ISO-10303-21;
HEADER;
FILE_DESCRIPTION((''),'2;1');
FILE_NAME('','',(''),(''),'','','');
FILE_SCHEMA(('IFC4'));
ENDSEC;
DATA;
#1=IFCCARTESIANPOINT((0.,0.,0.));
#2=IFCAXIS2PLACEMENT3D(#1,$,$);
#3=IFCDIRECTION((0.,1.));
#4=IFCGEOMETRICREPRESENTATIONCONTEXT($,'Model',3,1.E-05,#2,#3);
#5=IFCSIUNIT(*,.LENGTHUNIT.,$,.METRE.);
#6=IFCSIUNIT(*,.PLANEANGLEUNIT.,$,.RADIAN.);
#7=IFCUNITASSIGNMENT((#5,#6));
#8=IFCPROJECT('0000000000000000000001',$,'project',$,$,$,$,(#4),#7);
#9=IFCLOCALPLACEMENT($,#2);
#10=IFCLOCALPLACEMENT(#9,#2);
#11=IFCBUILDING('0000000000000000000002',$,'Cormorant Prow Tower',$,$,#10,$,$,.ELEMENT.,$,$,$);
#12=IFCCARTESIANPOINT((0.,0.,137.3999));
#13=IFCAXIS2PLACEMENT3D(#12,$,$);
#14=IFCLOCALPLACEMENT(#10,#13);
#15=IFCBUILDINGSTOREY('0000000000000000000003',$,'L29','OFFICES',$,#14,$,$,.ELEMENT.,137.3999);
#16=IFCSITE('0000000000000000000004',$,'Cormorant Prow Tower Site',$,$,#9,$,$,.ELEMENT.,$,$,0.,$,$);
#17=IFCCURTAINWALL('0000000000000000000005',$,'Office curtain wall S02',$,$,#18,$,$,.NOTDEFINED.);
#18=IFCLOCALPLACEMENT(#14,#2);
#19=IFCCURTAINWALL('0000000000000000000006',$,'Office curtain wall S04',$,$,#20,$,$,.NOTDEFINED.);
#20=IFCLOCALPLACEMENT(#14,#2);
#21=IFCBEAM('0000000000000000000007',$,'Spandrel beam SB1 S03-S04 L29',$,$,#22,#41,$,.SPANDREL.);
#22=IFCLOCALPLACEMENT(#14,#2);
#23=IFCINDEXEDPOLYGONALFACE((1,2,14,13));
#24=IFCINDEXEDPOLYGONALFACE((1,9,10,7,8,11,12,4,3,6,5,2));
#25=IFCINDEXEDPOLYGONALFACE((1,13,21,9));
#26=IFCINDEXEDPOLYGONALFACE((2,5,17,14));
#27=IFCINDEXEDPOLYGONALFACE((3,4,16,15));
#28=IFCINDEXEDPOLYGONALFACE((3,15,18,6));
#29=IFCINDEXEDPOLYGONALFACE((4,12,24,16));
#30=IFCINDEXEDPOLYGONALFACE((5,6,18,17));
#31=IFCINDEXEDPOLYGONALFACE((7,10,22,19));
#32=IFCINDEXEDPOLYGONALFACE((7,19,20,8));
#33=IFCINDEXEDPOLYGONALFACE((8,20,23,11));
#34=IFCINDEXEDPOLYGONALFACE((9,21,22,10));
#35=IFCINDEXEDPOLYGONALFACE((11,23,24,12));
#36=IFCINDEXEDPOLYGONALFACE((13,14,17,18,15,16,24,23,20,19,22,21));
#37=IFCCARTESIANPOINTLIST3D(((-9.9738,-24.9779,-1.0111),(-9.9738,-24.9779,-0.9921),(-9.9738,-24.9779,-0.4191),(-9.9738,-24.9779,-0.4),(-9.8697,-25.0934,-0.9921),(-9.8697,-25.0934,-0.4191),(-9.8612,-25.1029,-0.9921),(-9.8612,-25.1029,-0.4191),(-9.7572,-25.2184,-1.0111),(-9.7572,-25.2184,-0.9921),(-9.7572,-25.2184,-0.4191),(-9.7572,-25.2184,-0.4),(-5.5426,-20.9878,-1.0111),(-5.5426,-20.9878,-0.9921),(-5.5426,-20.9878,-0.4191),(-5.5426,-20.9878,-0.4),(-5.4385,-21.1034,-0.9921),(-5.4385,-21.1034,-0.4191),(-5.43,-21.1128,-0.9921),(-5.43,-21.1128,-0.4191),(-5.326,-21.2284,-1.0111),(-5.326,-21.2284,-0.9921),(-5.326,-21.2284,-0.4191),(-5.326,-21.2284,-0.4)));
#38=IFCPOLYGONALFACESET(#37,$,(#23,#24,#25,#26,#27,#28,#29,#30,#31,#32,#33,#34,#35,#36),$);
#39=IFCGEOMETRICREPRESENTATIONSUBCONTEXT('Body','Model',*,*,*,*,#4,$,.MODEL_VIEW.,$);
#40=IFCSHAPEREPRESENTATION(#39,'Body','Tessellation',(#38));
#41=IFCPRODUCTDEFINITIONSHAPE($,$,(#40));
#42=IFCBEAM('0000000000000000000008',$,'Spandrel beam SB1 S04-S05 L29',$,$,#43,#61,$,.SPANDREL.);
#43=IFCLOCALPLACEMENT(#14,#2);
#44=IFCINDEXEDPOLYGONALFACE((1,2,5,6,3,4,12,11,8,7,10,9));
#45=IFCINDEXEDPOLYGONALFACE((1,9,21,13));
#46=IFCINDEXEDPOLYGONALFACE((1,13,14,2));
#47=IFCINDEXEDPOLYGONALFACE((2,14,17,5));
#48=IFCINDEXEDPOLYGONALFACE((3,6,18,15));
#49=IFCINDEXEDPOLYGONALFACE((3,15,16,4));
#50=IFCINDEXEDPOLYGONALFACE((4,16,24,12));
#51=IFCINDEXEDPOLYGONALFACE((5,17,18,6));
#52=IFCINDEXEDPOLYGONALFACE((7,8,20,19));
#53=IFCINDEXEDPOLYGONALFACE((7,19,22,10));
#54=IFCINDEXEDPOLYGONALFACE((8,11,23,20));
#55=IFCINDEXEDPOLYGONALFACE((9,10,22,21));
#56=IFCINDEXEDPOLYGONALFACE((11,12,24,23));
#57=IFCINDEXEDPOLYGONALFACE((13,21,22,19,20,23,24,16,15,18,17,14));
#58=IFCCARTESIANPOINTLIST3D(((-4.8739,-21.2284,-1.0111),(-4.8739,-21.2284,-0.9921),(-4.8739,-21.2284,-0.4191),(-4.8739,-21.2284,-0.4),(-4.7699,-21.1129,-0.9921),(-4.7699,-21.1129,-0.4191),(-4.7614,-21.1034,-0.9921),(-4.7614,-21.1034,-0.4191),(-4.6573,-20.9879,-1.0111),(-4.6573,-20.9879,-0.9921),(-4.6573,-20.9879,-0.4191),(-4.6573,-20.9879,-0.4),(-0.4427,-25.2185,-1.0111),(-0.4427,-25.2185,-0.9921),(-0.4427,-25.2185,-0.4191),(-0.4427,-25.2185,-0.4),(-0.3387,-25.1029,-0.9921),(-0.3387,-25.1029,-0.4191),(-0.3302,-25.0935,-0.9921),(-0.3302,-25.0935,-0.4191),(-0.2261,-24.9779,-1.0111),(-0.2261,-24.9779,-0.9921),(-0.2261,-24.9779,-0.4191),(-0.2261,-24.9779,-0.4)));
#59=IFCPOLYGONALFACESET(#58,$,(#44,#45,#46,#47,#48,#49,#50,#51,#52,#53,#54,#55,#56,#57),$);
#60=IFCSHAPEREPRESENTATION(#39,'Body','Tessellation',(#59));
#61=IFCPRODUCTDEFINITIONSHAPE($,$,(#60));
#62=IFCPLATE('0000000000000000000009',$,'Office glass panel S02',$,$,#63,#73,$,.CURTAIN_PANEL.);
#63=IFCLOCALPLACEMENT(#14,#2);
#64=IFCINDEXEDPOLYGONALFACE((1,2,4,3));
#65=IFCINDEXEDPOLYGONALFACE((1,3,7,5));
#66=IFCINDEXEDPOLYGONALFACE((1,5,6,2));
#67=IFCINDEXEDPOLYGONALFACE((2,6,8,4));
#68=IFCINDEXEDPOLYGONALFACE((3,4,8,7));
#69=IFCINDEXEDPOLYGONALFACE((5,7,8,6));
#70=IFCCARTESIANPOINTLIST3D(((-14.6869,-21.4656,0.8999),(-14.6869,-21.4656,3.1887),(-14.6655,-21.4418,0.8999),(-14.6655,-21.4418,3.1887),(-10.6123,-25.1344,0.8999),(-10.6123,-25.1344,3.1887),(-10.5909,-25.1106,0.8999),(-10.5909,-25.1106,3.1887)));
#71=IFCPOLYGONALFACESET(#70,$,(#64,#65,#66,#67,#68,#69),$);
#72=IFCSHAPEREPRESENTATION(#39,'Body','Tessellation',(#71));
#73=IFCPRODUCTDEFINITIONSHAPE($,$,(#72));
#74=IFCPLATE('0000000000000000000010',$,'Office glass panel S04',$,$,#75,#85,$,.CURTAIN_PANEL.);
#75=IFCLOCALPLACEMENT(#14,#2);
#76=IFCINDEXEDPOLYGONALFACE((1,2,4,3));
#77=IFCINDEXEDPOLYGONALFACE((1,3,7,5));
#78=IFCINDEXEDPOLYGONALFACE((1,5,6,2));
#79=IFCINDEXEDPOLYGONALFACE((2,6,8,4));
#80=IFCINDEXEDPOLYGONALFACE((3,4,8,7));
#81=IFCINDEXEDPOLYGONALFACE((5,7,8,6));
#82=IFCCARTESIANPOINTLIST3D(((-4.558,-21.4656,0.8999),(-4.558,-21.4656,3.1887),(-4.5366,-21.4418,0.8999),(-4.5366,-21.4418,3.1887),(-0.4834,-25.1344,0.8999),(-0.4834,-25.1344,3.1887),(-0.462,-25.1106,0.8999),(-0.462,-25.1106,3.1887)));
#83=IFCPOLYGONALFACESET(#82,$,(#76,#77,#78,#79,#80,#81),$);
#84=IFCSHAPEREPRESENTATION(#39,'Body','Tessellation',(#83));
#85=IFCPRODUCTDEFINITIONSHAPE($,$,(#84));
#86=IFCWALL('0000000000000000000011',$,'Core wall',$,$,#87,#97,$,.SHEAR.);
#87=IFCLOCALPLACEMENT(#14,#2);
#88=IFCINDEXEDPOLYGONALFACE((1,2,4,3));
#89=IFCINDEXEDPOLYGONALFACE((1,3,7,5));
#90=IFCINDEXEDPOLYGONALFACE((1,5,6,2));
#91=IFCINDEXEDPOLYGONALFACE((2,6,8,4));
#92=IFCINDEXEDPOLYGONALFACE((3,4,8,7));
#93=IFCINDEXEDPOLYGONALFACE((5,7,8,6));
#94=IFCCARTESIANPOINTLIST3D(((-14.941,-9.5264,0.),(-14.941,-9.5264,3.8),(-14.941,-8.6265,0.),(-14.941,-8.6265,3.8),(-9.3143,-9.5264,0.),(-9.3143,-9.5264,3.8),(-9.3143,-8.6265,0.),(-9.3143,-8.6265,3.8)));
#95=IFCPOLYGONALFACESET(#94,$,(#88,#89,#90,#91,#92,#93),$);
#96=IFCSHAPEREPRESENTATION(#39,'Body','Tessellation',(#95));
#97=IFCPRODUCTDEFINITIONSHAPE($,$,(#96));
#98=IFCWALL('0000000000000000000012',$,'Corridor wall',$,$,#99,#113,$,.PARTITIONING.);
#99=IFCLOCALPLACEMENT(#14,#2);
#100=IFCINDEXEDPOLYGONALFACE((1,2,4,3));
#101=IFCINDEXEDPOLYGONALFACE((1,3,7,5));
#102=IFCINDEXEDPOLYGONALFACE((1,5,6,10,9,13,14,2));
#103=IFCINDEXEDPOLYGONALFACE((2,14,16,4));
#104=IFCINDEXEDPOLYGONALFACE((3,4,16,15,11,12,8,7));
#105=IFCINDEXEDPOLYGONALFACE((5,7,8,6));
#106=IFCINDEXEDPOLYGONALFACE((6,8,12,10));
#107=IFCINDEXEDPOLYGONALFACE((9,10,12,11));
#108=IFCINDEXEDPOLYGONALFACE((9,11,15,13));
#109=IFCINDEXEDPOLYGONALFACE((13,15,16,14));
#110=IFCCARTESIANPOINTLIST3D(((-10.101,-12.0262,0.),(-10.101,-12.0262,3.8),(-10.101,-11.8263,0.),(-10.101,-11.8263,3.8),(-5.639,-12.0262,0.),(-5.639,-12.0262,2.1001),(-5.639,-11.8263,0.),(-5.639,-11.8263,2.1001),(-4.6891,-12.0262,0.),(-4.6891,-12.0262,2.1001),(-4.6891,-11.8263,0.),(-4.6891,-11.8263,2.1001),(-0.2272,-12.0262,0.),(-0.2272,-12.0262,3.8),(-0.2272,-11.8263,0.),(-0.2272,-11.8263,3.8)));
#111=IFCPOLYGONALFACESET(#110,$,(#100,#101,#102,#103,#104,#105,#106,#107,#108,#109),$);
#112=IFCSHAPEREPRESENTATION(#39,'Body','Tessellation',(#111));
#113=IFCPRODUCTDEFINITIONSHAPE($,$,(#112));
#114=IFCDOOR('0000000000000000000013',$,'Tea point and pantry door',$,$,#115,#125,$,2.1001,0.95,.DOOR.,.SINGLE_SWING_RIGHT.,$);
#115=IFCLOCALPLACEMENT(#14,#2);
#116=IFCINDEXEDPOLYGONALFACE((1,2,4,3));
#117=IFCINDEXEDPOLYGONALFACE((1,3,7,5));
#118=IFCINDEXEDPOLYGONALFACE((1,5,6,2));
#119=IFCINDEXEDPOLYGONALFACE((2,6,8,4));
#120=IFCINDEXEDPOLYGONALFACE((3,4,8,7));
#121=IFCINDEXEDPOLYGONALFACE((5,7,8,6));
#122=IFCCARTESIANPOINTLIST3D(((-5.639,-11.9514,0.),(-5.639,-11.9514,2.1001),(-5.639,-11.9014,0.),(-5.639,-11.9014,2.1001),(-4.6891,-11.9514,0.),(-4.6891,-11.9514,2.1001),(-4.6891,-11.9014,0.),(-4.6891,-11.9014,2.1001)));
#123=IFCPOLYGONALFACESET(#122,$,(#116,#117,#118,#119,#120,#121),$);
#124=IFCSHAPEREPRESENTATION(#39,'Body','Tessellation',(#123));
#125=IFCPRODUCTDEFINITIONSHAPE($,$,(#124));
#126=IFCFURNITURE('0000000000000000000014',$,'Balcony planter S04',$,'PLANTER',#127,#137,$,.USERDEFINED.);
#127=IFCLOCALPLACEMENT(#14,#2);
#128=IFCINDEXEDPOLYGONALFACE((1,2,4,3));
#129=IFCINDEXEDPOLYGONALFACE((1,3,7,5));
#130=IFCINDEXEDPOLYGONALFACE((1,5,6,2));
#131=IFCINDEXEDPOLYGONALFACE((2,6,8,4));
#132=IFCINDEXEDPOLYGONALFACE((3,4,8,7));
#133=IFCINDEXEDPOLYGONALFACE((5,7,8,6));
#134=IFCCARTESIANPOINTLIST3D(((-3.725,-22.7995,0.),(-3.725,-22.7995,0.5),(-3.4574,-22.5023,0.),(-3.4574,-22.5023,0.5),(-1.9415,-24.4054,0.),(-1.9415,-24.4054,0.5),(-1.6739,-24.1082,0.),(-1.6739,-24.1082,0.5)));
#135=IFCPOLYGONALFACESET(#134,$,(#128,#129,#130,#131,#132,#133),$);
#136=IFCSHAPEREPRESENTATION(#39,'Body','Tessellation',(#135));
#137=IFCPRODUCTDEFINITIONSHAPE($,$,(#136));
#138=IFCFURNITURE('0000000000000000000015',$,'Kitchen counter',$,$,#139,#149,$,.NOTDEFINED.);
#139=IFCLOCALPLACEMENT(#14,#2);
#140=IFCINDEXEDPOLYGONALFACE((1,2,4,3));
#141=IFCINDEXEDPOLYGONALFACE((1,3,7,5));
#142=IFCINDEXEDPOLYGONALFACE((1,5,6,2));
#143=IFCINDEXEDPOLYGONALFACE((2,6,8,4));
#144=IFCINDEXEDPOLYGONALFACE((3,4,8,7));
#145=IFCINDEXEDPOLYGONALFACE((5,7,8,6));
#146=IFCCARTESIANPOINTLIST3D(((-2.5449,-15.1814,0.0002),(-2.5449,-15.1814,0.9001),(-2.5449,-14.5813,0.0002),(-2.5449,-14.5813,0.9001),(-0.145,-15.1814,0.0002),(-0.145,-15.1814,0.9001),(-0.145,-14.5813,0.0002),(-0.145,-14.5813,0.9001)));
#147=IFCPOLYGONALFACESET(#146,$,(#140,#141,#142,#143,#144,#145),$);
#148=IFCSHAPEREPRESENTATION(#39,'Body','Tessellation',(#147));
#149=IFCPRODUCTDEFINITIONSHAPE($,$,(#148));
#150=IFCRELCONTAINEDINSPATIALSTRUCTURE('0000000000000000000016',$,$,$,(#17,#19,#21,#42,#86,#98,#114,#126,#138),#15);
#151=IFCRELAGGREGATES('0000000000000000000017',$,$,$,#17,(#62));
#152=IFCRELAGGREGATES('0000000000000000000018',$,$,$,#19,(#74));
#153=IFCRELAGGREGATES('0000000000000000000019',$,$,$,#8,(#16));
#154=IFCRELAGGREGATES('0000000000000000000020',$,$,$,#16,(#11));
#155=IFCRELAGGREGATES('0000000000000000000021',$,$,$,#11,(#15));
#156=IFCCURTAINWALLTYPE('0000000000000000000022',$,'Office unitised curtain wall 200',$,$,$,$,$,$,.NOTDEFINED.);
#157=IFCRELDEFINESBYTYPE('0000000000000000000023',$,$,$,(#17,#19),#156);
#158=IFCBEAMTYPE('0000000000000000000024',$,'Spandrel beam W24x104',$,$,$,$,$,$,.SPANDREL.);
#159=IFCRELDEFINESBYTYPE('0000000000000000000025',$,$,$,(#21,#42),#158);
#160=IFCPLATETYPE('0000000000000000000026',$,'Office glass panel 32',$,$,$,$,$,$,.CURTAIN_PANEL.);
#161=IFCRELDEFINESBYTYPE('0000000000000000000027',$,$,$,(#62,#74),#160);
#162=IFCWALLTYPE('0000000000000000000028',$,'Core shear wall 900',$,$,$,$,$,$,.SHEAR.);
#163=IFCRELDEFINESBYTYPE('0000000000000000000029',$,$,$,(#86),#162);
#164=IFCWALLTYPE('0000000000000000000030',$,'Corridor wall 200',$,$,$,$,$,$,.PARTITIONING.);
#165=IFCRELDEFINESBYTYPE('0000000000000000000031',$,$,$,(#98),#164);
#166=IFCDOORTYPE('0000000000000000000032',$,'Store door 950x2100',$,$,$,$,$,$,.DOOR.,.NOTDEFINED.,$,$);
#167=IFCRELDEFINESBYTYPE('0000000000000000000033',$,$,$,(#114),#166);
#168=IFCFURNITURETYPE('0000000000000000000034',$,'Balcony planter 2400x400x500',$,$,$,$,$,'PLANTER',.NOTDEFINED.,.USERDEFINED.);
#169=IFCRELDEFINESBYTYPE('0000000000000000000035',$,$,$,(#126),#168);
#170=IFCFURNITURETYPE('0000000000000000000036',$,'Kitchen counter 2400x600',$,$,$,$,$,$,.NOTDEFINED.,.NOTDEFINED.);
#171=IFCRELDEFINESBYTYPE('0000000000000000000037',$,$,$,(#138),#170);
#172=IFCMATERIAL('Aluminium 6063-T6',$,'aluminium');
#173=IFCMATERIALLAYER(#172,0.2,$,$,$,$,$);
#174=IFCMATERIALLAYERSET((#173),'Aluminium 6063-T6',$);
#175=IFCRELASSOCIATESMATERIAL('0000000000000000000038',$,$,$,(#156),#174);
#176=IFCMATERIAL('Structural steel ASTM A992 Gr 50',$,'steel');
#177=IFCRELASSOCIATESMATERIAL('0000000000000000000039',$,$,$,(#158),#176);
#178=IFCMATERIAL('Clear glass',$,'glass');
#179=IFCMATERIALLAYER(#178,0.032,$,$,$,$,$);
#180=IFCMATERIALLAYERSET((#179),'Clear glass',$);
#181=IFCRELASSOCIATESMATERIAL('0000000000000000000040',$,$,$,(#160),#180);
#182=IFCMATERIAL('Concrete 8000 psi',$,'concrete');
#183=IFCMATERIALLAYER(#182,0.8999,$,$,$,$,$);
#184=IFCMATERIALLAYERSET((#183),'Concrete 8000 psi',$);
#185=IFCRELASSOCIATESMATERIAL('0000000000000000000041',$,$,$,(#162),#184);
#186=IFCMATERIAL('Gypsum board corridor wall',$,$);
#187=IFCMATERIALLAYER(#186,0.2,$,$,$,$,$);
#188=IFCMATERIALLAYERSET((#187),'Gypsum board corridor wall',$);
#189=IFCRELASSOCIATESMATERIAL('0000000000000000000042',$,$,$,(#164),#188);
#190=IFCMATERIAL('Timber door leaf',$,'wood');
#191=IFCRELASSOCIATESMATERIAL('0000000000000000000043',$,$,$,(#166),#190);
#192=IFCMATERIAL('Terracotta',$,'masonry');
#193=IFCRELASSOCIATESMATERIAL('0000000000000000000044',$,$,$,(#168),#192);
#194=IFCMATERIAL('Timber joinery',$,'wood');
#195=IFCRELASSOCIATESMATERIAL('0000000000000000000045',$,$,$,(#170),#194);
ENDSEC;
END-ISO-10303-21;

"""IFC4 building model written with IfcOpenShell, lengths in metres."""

from ifc_helpers import new_model, si_unit, direction, frame, frame_2d, origin, origin_2d, place, context, subcontext, project, spatial, rectangle, i_section, extrude, material, layer, layer_set, material_profile, profile_set, type_object, element, fill, aggregate, save


model = new_model("IFC4")

# Units and contexts
model_context = context("Model", 3, precision=1e-05, world=origin(), true_north=direction((0.0, 1.0)))
body_context = subcontext(model_context, "Body", "Model", "MODEL_VIEW")
ifc_project = project(units=[si_unit("LENGTHUNIT", "METRE"), si_unit("PLANEANGLEUNIT", "RADIAN")], contexts=[model_context])

# Site, building, storey
site_placement = place(None, origin())
site = spatial("IfcSite", under=ifc_project, at=site_placement, Name="Cormorant Prow Tower Site", CompositionType="ELEMENT", RefElevation=0.0)
building_placement = place(site_placement, origin())
building = spatial("IfcBuilding", under=site, at=building_placement, Name="Cormorant Prow Tower", CompositionType="ELEMENT")
storey_placement = place(building_placement, frame((0.0, 0.0, 137.3999)))
storey = spatial("IfcBuildingStorey", under=building, at=storey_placement, Name="L29", Description="OFFICES", CompositionType="ELEMENT", Elevation=137.3999)

# Curtain walls
ifc_material_1 = material(Name="Aluminium 6063-T6", Category="aluminium")
ifc_layer_1 = layer(ifc_material_1, 0.2)
ifc_layer_set_1 = layer_set([ifc_layer_1], Name="Aluminium 6063-T6")
curtain_wall_type = type_object("IfcCurtainWallType", Name="Office unitised curtain wall 200", PredefinedType="NOTDEFINED", material=ifc_layer_set_1)
curtain_wall_1_placement = place(storey_placement, origin())
curtain_wall_1 = element("IfcCurtainWall", 1, at=curtain_wall_1_placement, inside=storey, type_object=curtain_wall_type, Name="Office curtain wall S02", PredefinedType="NOTDEFINED")
curtain_wall_2_placement = place(storey_placement, origin())
curtain_wall_2 = element("IfcCurtainWall", 2, at=curtain_wall_2_placement, inside=storey, type_object=curtain_wall_type, Name="Office curtain wall S04", PredefinedType="NOTDEFINED")

# Beams
ifc_material_2 = material(Name="Structural steel ASTM A992 Gr 50", Category="steel")
ifc_material_profile_1 = material_profile(ifc_material_2, i_section(OverallWidth=0.3237, OverallDepth=0.6111, WebThickness=0.0127, FlangeThickness=0.019, at=origin_2d()), Name="W24x104")
ifc_profile_set_1 = profile_set([ifc_material_profile_1], Name="Structural steel ASTM A992 Gr 50")
beam_type_1 = type_object("IfcBeamType", Name="Spandrel beam W24x104", PredefinedType="SPANDREL", material=ifc_profile_set_1)
for number, where, z_axis, x_axis, name in (
    (3, (-9.8655, -25.0981, -0.7056), (0.743131, 0.669146, 0.0), (-0.669146, 0.743131, 0.0), "Spandrel beam SB1 S03-S04 L29"),
    (4, (-4.7656, -21.1082, -0.7056), (0.743131, -0.669146, 0.0), (0.669146, 0.743131, 0.0), "Spandrel beam SB1 S04-S05 L29"),
):
    element("IfcBeam", number, at=place(storey_placement, frame(where, z_axis=z_axis, x_axis=x_axis)), inside=storey, type_object=beam_type_1, Name=name, PredefinedType="SPANDREL", context=body_context, shape_type="SweptSolid", body=[
        extrude(i_section(OverallWidth=0.3237, OverallDepth=0.6111, WebThickness=0.0127, FlangeThickness=0.019, at=origin_2d()), origin(), (0.0, 0.0, 1.0), 5.9629),
    ])

# Plates
ifc_material_3 = material(Name="Clear glass", Category="glass")
ifc_layer_2 = layer(ifc_material_3, 0.032)
ifc_layer_set_2 = layer_set([ifc_layer_2], Name="Clear glass")
plate_type = type_object("IfcPlateType", Name="Office glass panel 32", PredefinedType="CURTAIN_PANEL", material=ifc_layer_set_2)
plate_1_placement = place(storey_placement, frame((-12.6389, -23.2881, 0.8999), z_axis=(0.0, 0.0, 1.0), x_axis=(0.743145, -0.669131, 0.0)))
plate_1 = element("IfcPlate", 5, at=plate_1_placement, type_object=plate_type, Name="Office glass panel S02", PredefinedType="CURTAIN_PANEL", context=body_context, shape_type="SweptSolid", body=[
    extrude(rectangle(XDim=5.4829, YDim=0.032, at=origin_2d()), origin(), (0.0, 0.0, 1.0), 2.2888),
])
aggregate(curtain_wall_1, [plate_1])
plate_2_placement = place(storey_placement, frame((-2.51, -23.2881, 0.8999), z_axis=(0.0, 0.0, 1.0), x_axis=(0.743145, -0.669131, 0.0)))
plate_2 = element("IfcPlate", 6, at=plate_2_placement, type_object=plate_type, Name="Office glass panel S04", PredefinedType="CURTAIN_PANEL", context=body_context, shape_type="SweptSolid", body=[
    extrude(rectangle(XDim=5.4829, YDim=0.032, at=origin_2d()), origin(), (0.0, 0.0, 1.0), 2.2888),
])
aggregate(curtain_wall_2, [plate_2])

# Wall
ifc_material_4 = material(Name="Concrete 8000 psi", Category="concrete")
ifc_layer_3 = layer(ifc_material_4, 0.8999)
ifc_layer_set_3 = layer_set([ifc_layer_3], Name="Concrete 8000 psi")
wall_type_1 = type_object("IfcWallType", Name="Core shear wall 900", PredefinedType="SHEAR", material=ifc_layer_set_3)
wall_1_placement = place(storey_placement, frame((-14.9412, -9.0764, 0.0), z_axis=(0.0, 0.0, 1.0), x_axis=(1.0, 0.0, 0.0)))
element("IfcWall", 7, at=wall_1_placement, inside=storey, type_object=wall_type_1, Name="Core wall", PredefinedType="SHEAR", context=body_context, shape_type="SweptSolid", body=[
    extrude(rectangle(XDim=5.6267, YDim=0.8999, at=frame_2d((2.8135, 0.0))), origin(), (0.0, 0.0, 1.0), 3.8),
])

# Wall, opening, door
ifc_material_5 = material(Name="Gypsum board corridor wall")
ifc_layer_4 = layer(ifc_material_5, 0.2)
ifc_layer_set_4 = layer_set([ifc_layer_4], Name="Gypsum board corridor wall")
wall_type_2 = type_object("IfcWallType", Name="Corridor wall 200", PredefinedType="PARTITIONING", material=ifc_layer_set_4)
wall_2_placement = place(storey_placement, frame((-10.1011, -11.9263, 0.0), z_axis=(0.0, 0.0, 1.0), x_axis=(1.0, 0.0, 0.0)))
wall_2 = element("IfcWall", 8, at=wall_2_placement, inside=storey, type_object=wall_type_2, Name="Corridor wall", PredefinedType="PARTITIONING", context=body_context, shape_type="SweptSolid", body=[
    extrude(rectangle(XDim=9.8738, YDim=0.2, at=frame_2d((4.937, 0.0))), origin(), (0.0, 0.0, 1.0), 3.8),
])
opening_1_placement = place(wall_2_placement, frame((4.4619, 0.0, 0.0)))
opening_1 = element("IfcOpeningElement", 9, at=opening_1_placement, cuts=wall_2, PredefinedType="OPENING", context=body_context, shape_type="SweptSolid", body=[
    extrude(rectangle(XDim=0.95, YDim=2.1001, at=frame_2d((0.4751, 1.05))), frame((0.0, 0.1099, 0.0), z_axis=(0.0, -1.0, 0.0), x_axis=(1.0, 0.0, 0.0)), (0.0, 0.0, 1.0), 0.22),
])
ifc_material_6 = material(Name="Timber door leaf", Category="wood")
door_type_1 = type_object("IfcDoorType", Name="Store door 950x2100", OperationType="NOTDEFINED", PredefinedType="DOOR", material=ifc_material_6)
door_1_placement = place(opening_1_placement, origin())
door_1 = element("IfcDoor", 10, at=door_1_placement, inside=storey, type_object=door_type_1, Name="Tea point and pantry door", OperationType="SINGLE_SWING_RIGHT", OverallHeight=2.1001, OverallWidth=0.95, PredefinedType="DOOR", context=body_context, shape_type="SweptSolid", body=[
    extrude(rectangle(XDim=0.95, YDim=2.1001, at=frame_2d((0.4751, 1.05))), frame((0.0, 0.0249, 0.0), z_axis=(0.0, -1.0, 0.0), x_axis=(1.0, 0.0, 0.0)), (0.0, 0.0, 1.0), 0.05),
])
fill(opening_1, door_1)

# Furniture
ifc_material_7 = material(Name="Terracotta", Category="masonry")
furniture_type_1 = type_object("IfcFurnitureType", Name="Balcony planter 2400x400x500", ElementType="PLANTER", AssemblyPlace="NOTDEFINED", PredefinedType="USERDEFINED", material=ifc_material_7)
furniture_1_placement = place(storey_placement, frame((-2.6995, -23.4539, 0.0), z_axis=(0.0, 0.0, 1.0), x_axis=(0.743145, -0.669131, 0.0)))
element("IfcFurniture", 11, at=furniture_1_placement, inside=storey, type_object=furniture_type_1, Name="Balcony planter S04", ObjectType="PLANTER", PredefinedType="USERDEFINED", context=body_context, shape_type="SweptSolid", body=[
    extrude(rectangle(XDim=2.3999, YDim=0.3999, at=origin_2d()), origin(), (0.0, 0.0, 1.0), 0.5),
])
ifc_material_8 = material(Name="Timber joinery", Category="wood")
furniture_type_2 = type_object("IfcFurnitureType", Name="Kitchen counter 2400x600", AssemblyPlace="NOTDEFINED", PredefinedType="NOTDEFINED", material=ifc_material_8)
furniture_2_placement = place(storey_placement, frame((-1.345, -14.8813, 0.0002), z_axis=(0.0, 0.0, 1.0), x_axis=(-1.0, 0.0, 0.0)))
element("IfcFurniture", 12, at=furniture_2_placement, inside=storey, type_object=furniture_type_2, Name="Kitchen counter", PredefinedType="NOTDEFINED", context=body_context, shape_type="SweptSolid", body=[
    extrude(rectangle(XDim=2.3999, YDim=0.6001, at=origin_2d()), origin(), (0.0, 0.0, 1.0), 0.8999),
])

save(model, "model.ifc")
